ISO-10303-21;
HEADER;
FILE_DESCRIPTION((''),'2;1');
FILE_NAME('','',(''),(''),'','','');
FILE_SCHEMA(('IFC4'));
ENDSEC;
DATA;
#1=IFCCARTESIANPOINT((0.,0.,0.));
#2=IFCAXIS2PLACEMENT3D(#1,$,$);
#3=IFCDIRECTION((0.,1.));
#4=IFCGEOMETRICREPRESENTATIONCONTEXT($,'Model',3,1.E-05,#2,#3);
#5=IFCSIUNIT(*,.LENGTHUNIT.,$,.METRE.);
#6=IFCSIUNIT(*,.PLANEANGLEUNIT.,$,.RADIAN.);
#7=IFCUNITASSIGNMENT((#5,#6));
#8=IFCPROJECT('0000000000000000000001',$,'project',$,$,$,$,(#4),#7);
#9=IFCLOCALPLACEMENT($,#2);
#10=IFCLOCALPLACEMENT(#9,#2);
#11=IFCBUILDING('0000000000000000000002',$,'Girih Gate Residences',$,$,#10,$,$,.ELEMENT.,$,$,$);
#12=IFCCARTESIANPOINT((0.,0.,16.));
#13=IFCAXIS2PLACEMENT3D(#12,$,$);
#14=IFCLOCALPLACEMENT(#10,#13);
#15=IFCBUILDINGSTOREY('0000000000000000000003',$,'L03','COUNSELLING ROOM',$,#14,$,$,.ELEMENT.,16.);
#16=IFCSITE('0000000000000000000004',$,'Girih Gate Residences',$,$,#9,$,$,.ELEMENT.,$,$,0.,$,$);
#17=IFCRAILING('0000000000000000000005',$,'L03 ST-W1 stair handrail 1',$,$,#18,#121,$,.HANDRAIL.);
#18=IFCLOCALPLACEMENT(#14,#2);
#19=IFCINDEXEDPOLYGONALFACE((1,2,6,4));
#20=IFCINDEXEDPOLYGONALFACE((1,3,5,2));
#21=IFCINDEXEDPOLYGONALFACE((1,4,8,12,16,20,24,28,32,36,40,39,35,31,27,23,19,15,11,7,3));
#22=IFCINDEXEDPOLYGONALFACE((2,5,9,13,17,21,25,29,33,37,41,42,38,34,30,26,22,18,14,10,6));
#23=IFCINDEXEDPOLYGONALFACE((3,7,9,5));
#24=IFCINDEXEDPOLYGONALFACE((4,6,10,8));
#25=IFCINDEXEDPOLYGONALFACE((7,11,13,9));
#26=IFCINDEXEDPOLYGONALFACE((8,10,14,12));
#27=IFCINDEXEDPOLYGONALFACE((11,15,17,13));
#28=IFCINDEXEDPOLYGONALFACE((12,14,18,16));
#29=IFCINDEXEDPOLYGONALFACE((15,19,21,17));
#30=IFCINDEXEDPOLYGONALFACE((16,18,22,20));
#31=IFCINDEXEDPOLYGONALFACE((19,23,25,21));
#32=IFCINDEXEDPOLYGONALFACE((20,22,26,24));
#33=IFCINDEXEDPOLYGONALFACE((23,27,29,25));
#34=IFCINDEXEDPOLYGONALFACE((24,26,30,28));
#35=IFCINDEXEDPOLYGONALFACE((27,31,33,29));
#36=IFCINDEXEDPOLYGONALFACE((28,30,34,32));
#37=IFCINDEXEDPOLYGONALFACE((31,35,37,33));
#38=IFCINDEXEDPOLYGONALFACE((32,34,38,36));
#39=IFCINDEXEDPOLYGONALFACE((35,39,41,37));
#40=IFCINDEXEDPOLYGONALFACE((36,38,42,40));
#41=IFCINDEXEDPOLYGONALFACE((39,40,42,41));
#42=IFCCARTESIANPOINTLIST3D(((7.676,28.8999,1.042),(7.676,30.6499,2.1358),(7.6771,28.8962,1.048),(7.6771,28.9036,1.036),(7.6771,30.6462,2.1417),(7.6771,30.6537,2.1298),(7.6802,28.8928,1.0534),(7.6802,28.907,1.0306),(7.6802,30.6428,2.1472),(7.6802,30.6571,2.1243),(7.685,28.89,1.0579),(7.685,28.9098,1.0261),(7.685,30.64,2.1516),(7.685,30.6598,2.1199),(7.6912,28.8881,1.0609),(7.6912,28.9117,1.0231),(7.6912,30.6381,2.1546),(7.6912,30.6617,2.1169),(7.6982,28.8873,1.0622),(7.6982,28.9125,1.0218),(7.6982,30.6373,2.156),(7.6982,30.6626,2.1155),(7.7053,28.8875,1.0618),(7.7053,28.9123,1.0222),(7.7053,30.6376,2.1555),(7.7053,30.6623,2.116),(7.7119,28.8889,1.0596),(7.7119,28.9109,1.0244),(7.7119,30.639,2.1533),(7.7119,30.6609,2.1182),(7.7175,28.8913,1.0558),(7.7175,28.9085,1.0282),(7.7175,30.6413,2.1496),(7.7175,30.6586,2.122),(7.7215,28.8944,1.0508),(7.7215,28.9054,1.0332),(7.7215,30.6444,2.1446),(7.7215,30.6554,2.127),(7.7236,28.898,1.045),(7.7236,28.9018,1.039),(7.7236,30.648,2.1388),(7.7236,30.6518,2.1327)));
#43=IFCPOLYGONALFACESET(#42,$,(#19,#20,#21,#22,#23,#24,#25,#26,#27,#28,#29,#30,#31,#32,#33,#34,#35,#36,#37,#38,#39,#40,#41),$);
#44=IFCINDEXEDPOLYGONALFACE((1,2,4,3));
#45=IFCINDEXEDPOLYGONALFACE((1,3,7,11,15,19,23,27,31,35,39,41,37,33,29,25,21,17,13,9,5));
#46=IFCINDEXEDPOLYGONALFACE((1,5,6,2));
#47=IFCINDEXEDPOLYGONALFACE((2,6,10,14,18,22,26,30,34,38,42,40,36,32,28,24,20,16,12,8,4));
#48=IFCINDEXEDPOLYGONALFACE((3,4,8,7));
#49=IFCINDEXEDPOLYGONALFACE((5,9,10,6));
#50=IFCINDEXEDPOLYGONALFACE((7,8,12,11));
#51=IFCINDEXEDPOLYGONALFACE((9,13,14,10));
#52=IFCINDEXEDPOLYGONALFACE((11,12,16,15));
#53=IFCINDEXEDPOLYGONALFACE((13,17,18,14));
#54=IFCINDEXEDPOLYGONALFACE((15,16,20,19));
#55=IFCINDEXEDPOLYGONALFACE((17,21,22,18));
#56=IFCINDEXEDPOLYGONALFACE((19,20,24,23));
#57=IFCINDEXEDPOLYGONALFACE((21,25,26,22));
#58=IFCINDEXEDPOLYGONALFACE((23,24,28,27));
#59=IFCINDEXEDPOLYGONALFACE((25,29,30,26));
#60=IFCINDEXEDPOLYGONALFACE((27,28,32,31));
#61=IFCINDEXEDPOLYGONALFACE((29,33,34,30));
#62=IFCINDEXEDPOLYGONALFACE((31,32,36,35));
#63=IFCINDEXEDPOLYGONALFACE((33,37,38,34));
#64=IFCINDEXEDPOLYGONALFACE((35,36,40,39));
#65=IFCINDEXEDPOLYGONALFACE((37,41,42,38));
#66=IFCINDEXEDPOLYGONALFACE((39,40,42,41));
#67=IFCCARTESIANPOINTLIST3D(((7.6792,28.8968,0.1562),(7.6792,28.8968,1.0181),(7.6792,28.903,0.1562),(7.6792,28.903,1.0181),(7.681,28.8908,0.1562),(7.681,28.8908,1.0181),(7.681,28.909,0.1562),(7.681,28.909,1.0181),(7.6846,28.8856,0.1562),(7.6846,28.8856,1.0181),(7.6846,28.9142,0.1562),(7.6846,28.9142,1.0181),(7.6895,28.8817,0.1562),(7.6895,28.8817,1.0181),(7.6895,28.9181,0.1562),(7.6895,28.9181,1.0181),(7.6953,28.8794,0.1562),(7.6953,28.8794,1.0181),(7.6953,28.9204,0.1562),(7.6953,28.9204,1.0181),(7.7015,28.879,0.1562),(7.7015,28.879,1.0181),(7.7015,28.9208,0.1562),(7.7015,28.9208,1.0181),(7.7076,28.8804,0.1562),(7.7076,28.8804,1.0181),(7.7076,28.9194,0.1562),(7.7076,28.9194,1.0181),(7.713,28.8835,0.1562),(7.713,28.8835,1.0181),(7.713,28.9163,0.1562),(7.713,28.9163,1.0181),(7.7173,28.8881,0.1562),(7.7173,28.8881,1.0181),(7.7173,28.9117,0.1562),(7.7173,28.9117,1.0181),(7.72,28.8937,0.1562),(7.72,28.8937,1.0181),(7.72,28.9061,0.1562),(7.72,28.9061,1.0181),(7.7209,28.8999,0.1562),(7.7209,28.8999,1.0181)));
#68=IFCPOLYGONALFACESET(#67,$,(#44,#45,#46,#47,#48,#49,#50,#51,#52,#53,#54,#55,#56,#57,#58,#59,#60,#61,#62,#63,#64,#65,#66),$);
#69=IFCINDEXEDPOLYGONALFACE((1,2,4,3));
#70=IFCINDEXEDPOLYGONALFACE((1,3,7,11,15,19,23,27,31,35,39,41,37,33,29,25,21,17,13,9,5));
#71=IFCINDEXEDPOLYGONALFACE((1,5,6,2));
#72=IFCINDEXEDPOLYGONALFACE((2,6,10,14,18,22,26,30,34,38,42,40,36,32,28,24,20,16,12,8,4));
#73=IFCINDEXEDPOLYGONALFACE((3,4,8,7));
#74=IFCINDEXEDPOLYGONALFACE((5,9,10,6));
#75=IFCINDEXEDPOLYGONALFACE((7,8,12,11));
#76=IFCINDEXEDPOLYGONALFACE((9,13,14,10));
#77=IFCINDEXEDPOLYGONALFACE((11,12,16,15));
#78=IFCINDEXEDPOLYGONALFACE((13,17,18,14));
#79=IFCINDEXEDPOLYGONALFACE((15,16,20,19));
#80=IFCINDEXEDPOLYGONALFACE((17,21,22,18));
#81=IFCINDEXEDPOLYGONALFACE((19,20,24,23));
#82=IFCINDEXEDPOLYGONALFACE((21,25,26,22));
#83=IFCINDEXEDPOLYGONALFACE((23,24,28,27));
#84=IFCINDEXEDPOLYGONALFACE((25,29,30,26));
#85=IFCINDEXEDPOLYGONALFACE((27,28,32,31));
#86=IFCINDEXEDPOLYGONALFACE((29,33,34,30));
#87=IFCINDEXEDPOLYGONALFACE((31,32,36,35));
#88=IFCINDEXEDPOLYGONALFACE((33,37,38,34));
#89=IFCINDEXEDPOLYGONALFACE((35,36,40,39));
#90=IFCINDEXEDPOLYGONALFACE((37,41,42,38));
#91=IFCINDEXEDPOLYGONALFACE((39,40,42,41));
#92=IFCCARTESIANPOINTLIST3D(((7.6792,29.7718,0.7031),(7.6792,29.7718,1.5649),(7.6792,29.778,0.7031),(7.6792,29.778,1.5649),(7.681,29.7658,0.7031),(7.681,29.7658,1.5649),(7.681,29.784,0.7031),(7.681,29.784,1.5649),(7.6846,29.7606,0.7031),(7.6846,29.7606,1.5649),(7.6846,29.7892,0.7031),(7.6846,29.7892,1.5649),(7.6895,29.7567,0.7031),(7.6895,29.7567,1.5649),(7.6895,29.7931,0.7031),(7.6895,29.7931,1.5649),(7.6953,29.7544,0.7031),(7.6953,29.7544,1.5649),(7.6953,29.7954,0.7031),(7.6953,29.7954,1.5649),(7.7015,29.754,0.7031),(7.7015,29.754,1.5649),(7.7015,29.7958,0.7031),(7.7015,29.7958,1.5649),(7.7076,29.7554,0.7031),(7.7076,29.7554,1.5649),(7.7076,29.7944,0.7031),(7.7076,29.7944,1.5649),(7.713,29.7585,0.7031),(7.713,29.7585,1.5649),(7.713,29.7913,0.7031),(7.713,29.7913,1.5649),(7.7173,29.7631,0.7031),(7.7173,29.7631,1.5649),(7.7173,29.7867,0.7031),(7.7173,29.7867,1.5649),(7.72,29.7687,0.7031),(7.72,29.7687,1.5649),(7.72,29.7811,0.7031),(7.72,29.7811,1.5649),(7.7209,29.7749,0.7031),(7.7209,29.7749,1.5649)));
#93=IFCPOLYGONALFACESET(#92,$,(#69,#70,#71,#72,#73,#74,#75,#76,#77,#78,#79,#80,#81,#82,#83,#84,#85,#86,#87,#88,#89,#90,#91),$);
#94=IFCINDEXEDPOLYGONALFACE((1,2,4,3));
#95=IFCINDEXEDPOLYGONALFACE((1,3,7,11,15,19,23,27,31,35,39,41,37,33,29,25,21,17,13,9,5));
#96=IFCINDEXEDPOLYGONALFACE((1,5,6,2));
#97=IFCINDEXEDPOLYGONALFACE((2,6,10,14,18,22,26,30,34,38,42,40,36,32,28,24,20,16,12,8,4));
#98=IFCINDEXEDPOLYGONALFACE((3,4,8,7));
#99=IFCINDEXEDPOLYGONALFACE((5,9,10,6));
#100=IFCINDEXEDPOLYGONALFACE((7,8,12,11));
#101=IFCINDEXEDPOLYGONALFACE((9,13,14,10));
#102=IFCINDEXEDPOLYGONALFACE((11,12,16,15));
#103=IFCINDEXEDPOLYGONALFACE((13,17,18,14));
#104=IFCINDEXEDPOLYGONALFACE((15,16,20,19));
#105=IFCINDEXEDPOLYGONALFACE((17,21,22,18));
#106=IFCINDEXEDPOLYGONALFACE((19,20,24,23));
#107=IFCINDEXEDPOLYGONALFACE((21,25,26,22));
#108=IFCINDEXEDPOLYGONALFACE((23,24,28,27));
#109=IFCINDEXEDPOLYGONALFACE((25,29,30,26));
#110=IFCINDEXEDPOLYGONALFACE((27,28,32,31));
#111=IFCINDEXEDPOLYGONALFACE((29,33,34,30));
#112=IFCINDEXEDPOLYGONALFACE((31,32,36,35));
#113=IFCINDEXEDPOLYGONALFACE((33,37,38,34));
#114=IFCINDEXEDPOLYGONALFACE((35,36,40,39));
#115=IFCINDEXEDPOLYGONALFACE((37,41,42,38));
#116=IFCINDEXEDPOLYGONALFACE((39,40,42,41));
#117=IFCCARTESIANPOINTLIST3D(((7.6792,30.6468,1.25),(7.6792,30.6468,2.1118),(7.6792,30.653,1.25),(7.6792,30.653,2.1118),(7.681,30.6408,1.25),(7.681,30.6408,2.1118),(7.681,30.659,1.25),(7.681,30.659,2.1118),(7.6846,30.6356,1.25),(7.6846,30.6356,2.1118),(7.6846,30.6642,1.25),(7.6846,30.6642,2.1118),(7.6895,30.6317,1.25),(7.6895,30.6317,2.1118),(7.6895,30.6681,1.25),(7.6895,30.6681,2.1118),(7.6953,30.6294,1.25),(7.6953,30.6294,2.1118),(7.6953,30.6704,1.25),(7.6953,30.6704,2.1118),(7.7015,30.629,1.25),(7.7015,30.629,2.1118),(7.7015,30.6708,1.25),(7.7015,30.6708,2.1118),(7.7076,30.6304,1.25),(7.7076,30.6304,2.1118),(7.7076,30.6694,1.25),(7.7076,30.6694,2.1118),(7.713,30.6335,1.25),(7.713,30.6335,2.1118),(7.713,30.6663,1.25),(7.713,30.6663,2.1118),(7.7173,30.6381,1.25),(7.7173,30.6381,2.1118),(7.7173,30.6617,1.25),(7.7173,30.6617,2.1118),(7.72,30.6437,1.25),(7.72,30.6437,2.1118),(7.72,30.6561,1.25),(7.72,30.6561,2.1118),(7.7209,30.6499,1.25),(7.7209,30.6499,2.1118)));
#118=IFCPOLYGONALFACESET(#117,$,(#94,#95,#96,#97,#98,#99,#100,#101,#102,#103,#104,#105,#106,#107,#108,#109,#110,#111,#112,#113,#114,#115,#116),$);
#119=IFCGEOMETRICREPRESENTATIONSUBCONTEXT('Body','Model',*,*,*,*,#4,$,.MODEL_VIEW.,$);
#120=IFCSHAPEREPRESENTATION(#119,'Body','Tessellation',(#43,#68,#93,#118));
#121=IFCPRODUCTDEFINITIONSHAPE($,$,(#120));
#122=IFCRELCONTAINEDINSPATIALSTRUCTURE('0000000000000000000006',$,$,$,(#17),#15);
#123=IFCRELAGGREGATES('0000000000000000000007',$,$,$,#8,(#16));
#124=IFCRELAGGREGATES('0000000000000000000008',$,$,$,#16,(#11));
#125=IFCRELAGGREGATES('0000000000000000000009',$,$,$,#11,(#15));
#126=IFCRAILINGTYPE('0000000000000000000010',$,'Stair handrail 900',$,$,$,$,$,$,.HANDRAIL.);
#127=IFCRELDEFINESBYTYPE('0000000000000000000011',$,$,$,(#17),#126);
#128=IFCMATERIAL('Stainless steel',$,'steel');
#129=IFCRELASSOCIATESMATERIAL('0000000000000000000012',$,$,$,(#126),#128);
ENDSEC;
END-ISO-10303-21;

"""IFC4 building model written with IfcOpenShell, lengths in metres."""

from ifc_helpers import new_model, si_unit, direction, frame, origin, origin_2d, place, context, subcontext, project, spatial, circle, extrude, material, type_object, element, save


model = new_model("IFC4")

# Units and contexts
model_context = context("Model", 3, precision=1e-05, world=origin(), true_north=direction((0.0, 1.0)))
body_context = subcontext(model_context, "Body", "Model", "MODEL_VIEW")
ifc_project = project(units=[si_unit("LENGTHUNIT", "METRE"), si_unit("PLANEANGLEUNIT", "RADIAN")], contexts=[model_context])

# Site, building, storey
site_placement = place(None, origin())
site = spatial("IfcSite", under=ifc_project, at=site_placement, Name="Girih Gate Residences", CompositionType="ELEMENT", RefElevation=0.0)
building_placement = place(site_placement, origin())
building = spatial("IfcBuilding", under=site, at=building_placement, Name="Girih Gate Residences", CompositionType="ELEMENT")
storey_placement = place(building_placement, frame((0.0, 0.0, 16.0)))
storey = spatial("IfcBuildingStorey", under=building, at=storey_placement, Name="L03", Description="COUNSELLING ROOM", CompositionType="ELEMENT", Elevation=16.0)

# Railing
ifc_material_1 = material(Name="Stainless steel", Category="steel")
railing_type_1 = type_object("IfcRailingType", Name="Stair handrail 900", PredefinedType="HANDRAIL", material=ifc_material_1)
railing_1_placement = place(storey_placement, frame((7.7, 28.8999, 0.1562)))
element("IfcRailing", 1, at=railing_1_placement, inside=storey, type_object=railing_type_1, Name="L03 ST-W1 stair handrail 1", PredefinedType="HANDRAIL", context=body_context, shape_type="SweptSolid", body=[
    extrude(circle(Radius=0.0239, at=origin_2d()), frame((0.0, 0.0, 0.8857), z_axis=(0.0, 0.847998, 0.529999), x_axis=(-1.0, 0.0, 0.0)), (0.0, 0.0, 1.0), 2.0637),
    extrude(circle(Radius=0.021, at=origin_2d()), origin(), (0.0, 0.0, 1.0), 0.8618),
    extrude(circle(Radius=0.021, at=origin_2d()), frame((0.0, 0.875, 0.5469)), (0.0, 0.0, 1.0), 0.8618),
    extrude(circle(Radius=0.021, at=origin_2d()), frame((0.0, 1.75, 1.0938)), (0.0, 0.0, 1.0), 0.8618),
])

save(model, "model.ifc")
